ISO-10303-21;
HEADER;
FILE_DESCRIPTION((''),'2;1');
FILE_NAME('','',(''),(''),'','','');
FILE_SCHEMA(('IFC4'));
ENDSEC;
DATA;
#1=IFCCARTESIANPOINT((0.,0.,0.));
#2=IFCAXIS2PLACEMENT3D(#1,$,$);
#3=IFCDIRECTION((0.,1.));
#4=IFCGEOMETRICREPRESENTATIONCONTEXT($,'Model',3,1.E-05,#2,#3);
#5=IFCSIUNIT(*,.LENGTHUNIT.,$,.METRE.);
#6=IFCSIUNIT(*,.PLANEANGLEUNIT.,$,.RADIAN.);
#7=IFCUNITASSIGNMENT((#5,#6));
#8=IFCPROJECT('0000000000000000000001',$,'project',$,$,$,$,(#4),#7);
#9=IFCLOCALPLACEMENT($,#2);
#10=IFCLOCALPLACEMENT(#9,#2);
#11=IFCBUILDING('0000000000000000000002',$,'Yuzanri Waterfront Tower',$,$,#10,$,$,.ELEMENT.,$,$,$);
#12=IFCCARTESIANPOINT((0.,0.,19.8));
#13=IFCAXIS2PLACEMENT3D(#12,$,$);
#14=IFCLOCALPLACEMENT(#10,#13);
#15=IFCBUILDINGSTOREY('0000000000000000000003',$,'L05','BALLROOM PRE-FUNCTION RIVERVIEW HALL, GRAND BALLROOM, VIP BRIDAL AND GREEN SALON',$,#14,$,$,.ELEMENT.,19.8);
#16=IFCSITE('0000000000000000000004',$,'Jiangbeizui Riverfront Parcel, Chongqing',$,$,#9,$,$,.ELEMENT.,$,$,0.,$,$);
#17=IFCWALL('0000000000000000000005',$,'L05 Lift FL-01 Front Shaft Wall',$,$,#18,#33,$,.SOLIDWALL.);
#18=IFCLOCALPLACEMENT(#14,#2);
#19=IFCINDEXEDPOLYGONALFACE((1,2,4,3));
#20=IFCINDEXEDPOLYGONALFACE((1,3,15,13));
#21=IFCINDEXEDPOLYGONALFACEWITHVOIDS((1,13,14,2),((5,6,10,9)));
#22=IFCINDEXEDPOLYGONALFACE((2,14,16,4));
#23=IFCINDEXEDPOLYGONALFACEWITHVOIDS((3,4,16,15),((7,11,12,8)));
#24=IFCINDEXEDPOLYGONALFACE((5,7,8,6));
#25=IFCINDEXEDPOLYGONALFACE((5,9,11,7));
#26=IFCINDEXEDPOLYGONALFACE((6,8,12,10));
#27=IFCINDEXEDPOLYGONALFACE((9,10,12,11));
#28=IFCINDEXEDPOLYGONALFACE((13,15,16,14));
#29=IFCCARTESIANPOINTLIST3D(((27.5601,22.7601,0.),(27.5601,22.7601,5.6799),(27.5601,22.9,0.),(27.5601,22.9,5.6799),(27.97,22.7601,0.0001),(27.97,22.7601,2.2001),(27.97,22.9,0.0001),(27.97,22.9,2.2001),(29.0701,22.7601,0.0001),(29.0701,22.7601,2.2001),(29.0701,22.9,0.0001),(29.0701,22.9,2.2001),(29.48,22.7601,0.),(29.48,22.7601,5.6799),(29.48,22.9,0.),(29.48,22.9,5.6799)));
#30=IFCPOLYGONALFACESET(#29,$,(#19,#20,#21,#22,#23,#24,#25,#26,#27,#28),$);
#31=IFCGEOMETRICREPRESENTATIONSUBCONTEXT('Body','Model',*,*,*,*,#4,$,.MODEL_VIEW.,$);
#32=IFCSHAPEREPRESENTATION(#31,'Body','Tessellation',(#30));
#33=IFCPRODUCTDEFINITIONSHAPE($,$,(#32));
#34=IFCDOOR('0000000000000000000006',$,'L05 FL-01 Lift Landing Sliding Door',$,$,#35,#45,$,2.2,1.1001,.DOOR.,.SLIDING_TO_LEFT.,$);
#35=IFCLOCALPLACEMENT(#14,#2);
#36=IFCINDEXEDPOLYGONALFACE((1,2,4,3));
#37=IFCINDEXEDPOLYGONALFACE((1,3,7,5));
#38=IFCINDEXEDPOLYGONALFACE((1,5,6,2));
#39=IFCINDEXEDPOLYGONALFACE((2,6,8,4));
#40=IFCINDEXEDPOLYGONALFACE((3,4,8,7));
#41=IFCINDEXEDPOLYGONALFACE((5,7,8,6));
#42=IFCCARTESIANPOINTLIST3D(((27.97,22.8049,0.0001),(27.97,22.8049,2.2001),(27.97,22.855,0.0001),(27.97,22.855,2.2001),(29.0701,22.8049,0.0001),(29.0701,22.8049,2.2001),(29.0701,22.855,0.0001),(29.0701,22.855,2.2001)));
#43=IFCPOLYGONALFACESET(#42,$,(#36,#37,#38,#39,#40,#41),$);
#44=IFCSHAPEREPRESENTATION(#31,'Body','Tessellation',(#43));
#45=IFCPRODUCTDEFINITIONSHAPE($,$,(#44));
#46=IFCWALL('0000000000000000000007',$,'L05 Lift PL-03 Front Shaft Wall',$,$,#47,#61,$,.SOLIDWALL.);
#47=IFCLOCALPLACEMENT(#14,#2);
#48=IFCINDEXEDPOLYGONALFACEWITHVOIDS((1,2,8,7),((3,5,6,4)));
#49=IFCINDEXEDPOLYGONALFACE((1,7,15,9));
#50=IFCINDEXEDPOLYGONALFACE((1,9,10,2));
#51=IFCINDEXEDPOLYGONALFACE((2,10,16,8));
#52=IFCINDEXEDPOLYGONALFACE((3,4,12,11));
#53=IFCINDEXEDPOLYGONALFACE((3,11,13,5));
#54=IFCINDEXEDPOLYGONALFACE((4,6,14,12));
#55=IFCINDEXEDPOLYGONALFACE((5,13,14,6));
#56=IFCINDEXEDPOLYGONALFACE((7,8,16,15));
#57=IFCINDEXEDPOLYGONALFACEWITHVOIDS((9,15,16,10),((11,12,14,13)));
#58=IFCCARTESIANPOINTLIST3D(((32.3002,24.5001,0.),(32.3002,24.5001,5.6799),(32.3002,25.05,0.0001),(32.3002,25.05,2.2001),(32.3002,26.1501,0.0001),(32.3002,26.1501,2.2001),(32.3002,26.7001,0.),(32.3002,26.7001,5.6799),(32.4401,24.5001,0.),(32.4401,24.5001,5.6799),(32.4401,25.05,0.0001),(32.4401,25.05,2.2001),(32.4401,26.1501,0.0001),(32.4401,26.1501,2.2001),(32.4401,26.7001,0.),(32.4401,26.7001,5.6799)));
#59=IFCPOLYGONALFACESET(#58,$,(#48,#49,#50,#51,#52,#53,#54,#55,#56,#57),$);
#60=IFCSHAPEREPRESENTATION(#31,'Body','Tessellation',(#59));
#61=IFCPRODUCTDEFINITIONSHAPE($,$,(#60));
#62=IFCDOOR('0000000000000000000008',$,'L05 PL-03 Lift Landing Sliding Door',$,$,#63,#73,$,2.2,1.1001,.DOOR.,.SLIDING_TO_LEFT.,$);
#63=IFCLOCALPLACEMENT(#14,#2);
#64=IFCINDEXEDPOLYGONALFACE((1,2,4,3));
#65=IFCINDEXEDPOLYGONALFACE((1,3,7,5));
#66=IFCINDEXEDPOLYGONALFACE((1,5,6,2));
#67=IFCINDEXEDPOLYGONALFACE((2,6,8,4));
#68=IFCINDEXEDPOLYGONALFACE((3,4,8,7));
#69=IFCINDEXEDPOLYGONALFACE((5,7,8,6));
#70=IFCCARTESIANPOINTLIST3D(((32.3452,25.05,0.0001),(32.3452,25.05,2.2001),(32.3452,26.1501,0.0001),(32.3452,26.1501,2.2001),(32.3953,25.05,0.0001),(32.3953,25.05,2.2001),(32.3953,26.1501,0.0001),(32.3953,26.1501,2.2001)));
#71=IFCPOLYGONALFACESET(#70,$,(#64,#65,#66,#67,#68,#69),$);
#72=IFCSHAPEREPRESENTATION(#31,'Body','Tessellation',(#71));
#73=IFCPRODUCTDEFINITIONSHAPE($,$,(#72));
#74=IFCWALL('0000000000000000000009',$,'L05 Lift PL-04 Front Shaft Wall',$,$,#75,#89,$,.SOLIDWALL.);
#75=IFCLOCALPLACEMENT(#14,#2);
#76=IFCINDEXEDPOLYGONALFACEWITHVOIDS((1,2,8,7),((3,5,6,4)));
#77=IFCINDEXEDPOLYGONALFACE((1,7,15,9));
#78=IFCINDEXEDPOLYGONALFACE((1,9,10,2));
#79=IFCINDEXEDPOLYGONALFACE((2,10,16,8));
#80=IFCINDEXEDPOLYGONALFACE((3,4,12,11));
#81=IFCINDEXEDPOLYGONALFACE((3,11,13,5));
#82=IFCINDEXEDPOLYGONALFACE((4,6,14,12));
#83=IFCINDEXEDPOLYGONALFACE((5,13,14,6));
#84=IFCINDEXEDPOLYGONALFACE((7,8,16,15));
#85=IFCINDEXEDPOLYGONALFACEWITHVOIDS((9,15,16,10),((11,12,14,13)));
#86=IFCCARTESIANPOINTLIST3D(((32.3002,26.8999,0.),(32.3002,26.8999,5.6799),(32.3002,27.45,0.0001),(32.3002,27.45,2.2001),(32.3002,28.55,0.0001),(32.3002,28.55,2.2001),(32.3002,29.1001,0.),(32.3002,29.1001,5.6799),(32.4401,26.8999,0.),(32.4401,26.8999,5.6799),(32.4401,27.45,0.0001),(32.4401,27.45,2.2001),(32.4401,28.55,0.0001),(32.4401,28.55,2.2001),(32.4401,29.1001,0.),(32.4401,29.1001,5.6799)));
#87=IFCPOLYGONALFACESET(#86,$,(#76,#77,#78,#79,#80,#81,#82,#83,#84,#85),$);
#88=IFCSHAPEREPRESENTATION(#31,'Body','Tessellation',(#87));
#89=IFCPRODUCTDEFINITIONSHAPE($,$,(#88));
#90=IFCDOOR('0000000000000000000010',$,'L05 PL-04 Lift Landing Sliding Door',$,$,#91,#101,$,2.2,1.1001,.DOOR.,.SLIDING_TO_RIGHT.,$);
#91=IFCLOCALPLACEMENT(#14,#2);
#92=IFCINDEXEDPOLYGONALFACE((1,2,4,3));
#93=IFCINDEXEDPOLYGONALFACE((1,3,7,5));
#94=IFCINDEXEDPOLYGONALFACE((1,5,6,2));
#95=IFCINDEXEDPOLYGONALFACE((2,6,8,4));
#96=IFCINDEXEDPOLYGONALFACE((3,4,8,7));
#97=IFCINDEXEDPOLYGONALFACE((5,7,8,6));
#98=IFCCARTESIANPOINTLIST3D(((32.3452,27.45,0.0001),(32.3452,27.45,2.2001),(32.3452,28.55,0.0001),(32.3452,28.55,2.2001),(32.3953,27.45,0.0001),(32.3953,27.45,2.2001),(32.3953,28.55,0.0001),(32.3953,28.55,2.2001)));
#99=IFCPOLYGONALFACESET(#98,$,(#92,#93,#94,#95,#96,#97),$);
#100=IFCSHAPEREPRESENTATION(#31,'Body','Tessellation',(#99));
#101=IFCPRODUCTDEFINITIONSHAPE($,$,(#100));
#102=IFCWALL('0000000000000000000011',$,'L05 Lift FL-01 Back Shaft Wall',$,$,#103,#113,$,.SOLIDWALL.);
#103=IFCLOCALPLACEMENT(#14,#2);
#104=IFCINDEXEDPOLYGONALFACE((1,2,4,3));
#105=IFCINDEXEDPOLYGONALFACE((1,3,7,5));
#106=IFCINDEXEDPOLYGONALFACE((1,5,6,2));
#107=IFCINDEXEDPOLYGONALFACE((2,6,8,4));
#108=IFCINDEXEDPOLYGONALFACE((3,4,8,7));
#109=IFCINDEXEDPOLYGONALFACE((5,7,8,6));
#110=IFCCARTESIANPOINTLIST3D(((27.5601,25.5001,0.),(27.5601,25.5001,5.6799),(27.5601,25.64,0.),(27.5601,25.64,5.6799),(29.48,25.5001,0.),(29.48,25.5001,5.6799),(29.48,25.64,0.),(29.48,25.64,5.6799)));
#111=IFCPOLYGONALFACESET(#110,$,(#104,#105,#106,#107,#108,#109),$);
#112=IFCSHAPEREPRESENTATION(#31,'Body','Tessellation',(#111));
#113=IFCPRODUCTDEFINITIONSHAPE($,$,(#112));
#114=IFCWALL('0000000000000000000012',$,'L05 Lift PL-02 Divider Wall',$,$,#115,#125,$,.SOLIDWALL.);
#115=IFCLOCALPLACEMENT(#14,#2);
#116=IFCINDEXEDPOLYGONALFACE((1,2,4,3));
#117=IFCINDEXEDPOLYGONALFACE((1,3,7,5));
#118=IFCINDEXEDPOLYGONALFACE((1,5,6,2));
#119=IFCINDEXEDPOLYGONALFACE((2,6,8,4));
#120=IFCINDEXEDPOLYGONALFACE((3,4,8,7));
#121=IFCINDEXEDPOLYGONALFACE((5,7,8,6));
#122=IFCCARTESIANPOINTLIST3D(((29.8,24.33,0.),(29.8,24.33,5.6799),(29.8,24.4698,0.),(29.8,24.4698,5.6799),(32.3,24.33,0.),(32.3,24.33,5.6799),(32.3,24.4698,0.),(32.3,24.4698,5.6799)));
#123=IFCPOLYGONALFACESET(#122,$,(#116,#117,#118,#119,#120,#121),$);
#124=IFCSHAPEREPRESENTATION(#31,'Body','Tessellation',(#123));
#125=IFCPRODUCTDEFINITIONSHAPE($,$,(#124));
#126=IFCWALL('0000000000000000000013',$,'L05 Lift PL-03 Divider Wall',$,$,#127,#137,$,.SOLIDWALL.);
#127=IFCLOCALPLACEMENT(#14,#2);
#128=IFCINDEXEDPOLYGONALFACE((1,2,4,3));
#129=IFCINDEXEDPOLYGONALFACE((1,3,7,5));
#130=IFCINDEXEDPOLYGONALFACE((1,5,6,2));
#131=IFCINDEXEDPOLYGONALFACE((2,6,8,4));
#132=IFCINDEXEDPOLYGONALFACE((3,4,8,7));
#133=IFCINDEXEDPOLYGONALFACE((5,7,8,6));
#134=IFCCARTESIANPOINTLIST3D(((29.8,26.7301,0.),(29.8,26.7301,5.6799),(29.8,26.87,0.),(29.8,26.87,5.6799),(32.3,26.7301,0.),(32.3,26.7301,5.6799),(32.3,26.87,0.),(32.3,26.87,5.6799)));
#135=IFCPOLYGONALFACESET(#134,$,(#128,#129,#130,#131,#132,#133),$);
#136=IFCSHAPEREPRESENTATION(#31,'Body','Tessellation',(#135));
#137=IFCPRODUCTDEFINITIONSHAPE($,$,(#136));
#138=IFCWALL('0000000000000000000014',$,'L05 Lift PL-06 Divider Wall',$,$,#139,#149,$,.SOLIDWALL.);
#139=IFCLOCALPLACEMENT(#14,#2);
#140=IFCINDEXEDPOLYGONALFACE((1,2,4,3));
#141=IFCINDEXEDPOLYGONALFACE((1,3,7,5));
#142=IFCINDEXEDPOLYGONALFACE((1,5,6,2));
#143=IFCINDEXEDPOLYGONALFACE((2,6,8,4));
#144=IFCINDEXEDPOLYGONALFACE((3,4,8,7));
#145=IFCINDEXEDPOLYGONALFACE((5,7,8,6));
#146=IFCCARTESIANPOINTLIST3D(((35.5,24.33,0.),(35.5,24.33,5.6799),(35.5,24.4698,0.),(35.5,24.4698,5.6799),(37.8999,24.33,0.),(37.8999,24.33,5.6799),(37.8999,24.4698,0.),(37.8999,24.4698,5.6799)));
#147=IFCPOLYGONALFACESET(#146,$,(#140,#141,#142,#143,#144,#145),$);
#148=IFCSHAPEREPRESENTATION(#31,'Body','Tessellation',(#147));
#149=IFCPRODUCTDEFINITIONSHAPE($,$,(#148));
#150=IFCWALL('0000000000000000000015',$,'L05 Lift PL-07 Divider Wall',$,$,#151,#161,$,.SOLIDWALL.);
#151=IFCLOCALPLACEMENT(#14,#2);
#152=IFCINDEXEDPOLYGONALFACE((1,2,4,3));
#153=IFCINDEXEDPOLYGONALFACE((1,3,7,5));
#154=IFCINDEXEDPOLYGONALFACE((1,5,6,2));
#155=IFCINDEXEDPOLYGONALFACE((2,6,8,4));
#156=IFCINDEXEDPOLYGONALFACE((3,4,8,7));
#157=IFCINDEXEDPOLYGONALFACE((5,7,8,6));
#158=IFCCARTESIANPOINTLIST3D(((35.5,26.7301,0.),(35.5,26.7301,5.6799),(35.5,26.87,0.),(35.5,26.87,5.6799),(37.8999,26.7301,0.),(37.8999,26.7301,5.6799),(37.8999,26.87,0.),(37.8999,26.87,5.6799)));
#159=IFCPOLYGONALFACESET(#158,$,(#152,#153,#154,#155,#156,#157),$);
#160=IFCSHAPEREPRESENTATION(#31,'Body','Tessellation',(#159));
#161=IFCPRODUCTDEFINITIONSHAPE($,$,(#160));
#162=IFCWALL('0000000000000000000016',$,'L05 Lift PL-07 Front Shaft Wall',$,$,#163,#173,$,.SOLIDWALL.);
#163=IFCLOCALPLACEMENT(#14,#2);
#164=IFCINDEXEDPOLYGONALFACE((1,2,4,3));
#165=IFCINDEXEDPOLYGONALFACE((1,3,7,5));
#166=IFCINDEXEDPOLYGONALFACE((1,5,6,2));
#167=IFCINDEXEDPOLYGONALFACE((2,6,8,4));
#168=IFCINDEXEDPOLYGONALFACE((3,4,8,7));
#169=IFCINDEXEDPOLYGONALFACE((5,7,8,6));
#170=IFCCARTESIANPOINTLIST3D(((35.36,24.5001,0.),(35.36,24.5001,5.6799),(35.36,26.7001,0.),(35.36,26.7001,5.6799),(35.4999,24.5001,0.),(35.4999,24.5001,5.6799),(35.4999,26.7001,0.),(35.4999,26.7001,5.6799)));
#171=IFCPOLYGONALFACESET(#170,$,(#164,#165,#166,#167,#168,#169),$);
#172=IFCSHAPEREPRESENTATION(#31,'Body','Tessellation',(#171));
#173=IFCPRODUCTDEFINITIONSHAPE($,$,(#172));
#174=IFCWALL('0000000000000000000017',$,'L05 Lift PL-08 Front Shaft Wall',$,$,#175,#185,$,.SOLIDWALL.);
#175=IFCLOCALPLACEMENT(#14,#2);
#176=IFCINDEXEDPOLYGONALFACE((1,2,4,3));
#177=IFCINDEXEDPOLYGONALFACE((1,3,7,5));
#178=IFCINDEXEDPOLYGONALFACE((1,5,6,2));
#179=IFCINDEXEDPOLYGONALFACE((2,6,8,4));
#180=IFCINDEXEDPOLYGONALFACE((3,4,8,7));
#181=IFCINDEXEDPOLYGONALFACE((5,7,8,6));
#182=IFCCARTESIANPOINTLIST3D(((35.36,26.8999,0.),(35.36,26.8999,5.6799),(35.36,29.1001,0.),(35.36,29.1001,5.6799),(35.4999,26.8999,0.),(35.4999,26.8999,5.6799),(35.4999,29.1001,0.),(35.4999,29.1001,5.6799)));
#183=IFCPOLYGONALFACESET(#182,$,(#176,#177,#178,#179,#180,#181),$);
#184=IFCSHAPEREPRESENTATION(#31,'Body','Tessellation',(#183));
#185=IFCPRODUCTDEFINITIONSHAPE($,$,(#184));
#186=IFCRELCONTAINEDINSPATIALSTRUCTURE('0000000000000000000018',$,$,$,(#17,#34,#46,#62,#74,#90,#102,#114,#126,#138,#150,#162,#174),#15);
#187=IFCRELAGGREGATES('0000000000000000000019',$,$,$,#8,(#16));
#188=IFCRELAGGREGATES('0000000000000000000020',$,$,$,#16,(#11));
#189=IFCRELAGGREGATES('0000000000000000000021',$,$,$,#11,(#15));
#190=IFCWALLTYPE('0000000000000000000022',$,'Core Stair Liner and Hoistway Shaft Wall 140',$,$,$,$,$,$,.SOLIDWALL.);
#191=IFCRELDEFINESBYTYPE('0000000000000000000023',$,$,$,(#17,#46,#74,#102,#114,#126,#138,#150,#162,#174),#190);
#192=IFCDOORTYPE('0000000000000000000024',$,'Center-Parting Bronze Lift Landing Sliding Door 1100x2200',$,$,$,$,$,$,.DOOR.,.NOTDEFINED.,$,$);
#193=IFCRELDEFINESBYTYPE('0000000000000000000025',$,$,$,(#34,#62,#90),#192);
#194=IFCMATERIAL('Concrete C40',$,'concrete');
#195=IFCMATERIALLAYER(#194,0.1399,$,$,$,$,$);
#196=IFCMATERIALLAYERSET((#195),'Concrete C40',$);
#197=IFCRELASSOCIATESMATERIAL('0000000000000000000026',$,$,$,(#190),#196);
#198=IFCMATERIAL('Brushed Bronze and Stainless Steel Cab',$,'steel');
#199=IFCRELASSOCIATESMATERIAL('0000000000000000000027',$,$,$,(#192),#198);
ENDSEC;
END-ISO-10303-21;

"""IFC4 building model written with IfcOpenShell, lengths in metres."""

from ifc_helpers import new_model, si_unit, direction, frame, frame_2d, origin, place, context, subcontext, project, spatial, rectangle, extrude, source, transform, mapped, material, layer, layer_set, type_object, element, fill, save


model = new_model("IFC4")

# Units and contexts
model_context = context("Model", 3, precision=1e-05, world=origin(), true_north=direction((0.0, 1.0)))
body_context = subcontext(model_context, "Body", "Model", "MODEL_VIEW")
ifc_project = project(units=[si_unit("LENGTHUNIT", "METRE"), si_unit("PLANEANGLEUNIT", "RADIAN")], contexts=[model_context])

# Site, building, storey
site_placement = place(None, origin())
site = spatial("IfcSite", under=ifc_project, at=site_placement, Name="Jiangbeizui Riverfront Parcel, Chongqing", CompositionType="ELEMENT", RefElevation=0.0)
building_placement = place(site_placement, origin())
building = spatial("IfcBuilding", under=site, at=building_placement, Name="Yuzanri Waterfront Tower", CompositionType="ELEMENT")
storey_placement = place(building_placement, frame((0.0, 0.0, 19.8)))
storey = spatial("IfcBuildingStorey", under=building, at=storey_placement, Name="L05", Description="BALLROOM PRE-FUNCTION RIVERVIEW HALL, GRAND BALLROOM, VIP BRIDAL AND GREEN SALON", CompositionType="ELEMENT", Elevation=19.8)

# Walls, openings, doors
ifc_material_1 = material(Name="Concrete C40", Category="concrete")
ifc_layer_1 = layer(ifc_material_1, 0.1399)
ifc_layer_set_1 = layer_set([ifc_layer_1], Name="Concrete C40")
wall_type_1 = type_object("IfcWallType", Name="Core Stair Liner and Hoistway Shaft Wall 140", PredefinedType="SOLIDWALL", material=ifc_layer_set_1)
wall_1_placement = place(storey_placement, frame((27.5601, 22.8301, 0.0), z_axis=(0.0, 0.0, 1.0), x_axis=(1.0, 0.0, 0.0)))
wall_1 = element("IfcWall", 1, at=wall_1_placement, inside=storey, type_object=wall_type_1, Name="L05 Lift FL-01 Front Shaft Wall", PredefinedType="SOLIDWALL", context=body_context, shape_type="SweptSolid", body=[
    extrude(rectangle(XDim=1.9199, YDim=0.1399, at=frame_2d((0.96, 0.0))), origin(), (0.0, 0.0, 1.0), 5.6799),
])
opening_1_placement = place(wall_1_placement, frame((0.4099, 0.0, 0.0)))
opening_1 = element("IfcOpeningElement", 2, at=opening_1_placement, cuts=wall_1, PredefinedType="OPENING", context=body_context, shape_type="SweptSolid", body=[
    extrude(rectangle(XDim=1.1001, YDim=2.2, at=frame_2d((0.55, 1.1001))), frame((0.0, 0.085, 0.0), z_axis=(0.0, -1.0, 0.0), x_axis=(1.0, 0.0, 0.0)), (0.0, 0.0, 1.0), 0.1697),
])
ifc_material_2 = material(Name="Brushed Bronze and Stainless Steel Cab", Category="steel")
door_type_1 = type_object("IfcDoorType", Name="Center-Parting Bronze Lift Landing Sliding Door 1100x2200", OperationType="NOTDEFINED", PredefinedType="DOOR", material=ifc_material_2)
shared_shape_1 = source(origin(), body_context, "Body", "SweptSolid", [
    extrude(rectangle(XDim=1.1001, YDim=2.2, at=frame_2d((0.55, 1.1001))), frame((0.0, 0.0249, 0.0), z_axis=(0.0, -1.0, 0.0), x_axis=(1.0, 0.0, 0.0)), (0.0, 0.0, 1.0), 0.05),
])
door_1_placement = place(opening_1_placement, origin())
door_1 = element("IfcDoor", 3, at=door_1_placement, inside=storey, type_object=door_type_1, Name="L05 FL-01 Lift Landing Sliding Door", OperationType="SLIDING_TO_LEFT", OverallHeight=2.2, OverallWidth=1.1001, PredefinedType="DOOR", context=body_context, shape_type="MappedRepresentation", body=[
    mapped(shared_shape_1, transform((0.0, 0.0, 0.0), scale=1.0)),
])
fill(opening_1, door_1)
wall_2_placement = place(storey_placement, frame((32.3701, 24.5, 0.0), z_axis=(0.0, 0.0, 1.0), x_axis=(0.0, 1.0, 0.0)))
wall_2 = element("IfcWall", 4, at=wall_2_placement, inside=storey, type_object=wall_type_1, Name="L05 Lift PL-03 Front Shaft Wall", PredefinedType="SOLIDWALL", context=body_context, shape_type="SweptSolid", body=[
    extrude(rectangle(XDim=2.2, YDim=0.1399, at=frame_2d((1.1001, 0.0))), origin(), (0.0, 0.0, 1.0), 5.6799),
])
opening_2_placement = place(wall_2_placement, frame((0.55, 0.0, 0.0)))
opening_2 = element("IfcOpeningElement", 5, at=opening_2_placement, cuts=wall_2, PredefinedType="OPENING", context=body_context, shape_type="SweptSolid", body=[
    extrude(rectangle(XDim=1.1001, YDim=2.2, at=frame_2d((0.55, 1.1001))), frame((0.0, 0.085, 0.0), z_axis=(0.0, -1.0, 0.0), x_axis=(1.0, 0.0, 0.0)), (0.0, 0.0, 1.0), 0.1697),
])
door_2_placement = place(opening_2_placement, origin())
door_2 = element("IfcDoor", 6, at=door_2_placement, inside=storey, type_object=door_type_1, Name="L05 PL-03 Lift Landing Sliding Door", OperationType="SLIDING_TO_LEFT", OverallHeight=2.2, OverallWidth=1.1001, PredefinedType="DOOR", context=body_context, shape_type="MappedRepresentation", body=[
    mapped(shared_shape_1, transform((0.0, 0.0, 0.0), scale=1.0)),
])
fill(opening_2, door_2)
wall_3_placement = place(storey_placement, frame((32.3701, 26.8999, 0.0), z_axis=(0.0, 0.0, 1.0), x_axis=(0.0, 1.0, 0.0)))
wall_3 = element("IfcWall", 7, at=wall_3_placement, inside=storey, type_object=wall_type_1, Name="L05 Lift PL-04 Front Shaft Wall", PredefinedType="SOLIDWALL", context=body_context, shape_type="SweptSolid", body=[
    extrude(rectangle(XDim=2.2002, YDim=0.1399, at=frame_2d((1.1001, 0.0))), origin(), (0.0, 0.0, 1.0), 5.6799),
])
opening_3_placement = place(wall_3_placement, frame((0.55, 0.0, 0.0)))
opening_3 = element("IfcOpeningElement", 8, at=opening_3_placement, cuts=wall_3, PredefinedType="OPENING", context=body_context, shape_type="SweptSolid", body=[
    extrude(rectangle(XDim=1.1001, YDim=2.2, at=frame_2d((0.55, 1.1001))), frame((0.0, 0.085, 0.0), z_axis=(0.0, -1.0, 0.0), x_axis=(1.0, 0.0, 0.0)), (0.0, 0.0, 1.0), 0.1697),
])
door_3_placement = place(opening_3_placement, origin())
door_3 = element("IfcDoor", 9, at=door_3_placement, inside=storey, type_object=door_type_1, Name="L05 PL-04 Lift Landing Sliding Door", OperationType="SLIDING_TO_RIGHT", OverallHeight=2.2, OverallWidth=1.1001, PredefinedType="DOOR", context=body_context, shape_type="MappedRepresentation", body=[
    mapped(shared_shape_1, transform((0.0, 0.0, 0.0), scale=1.0)),
])
fill(opening_3, door_3)

# Walls
shared_shape_2 = source(origin(), body_context, "Body", "SweptSolid", [
    extrude(rectangle(XDim=1.9199, YDim=0.1399, at=frame_2d((0.96, 0.0))), origin(), (0.0, 0.0, 1.0), 5.6799),
])
wall_4_placement = place(storey_placement, frame((27.5601, 25.5701, 0.0), z_axis=(0.0, 0.0, 1.0), x_axis=(1.0, 0.0, 0.0)))
element("IfcWall", 10, at=wall_4_placement, inside=storey, type_object=wall_type_1, Name="L05 Lift FL-01 Back Shaft Wall", PredefinedType="SOLIDWALL", context=body_context, shape_type="MappedRepresentation", body=[
    mapped(shared_shape_2, transform((0.0, 0.0, 0.0), scale=1.0)),
])
shared_shape_3 = source(origin(), body_context, "Body", "SweptSolid", [
    extrude(rectangle(XDim=2.5, YDim=0.1399, at=frame_2d((1.25, 0.0))), origin(), (0.0, 0.0, 1.0), 5.6799),
])
for number, where, z_axis, x_axis, name in (
    (11, (29.8, 24.3999, 0.0), (0.0, 0.0, 1.0), (1.0, 0.0, 0.0), "L05 Lift PL-02 Divider Wall"),
    (12, (29.8, 26.8, 0.0), (0.0, 0.0, 1.0), (1.0, 0.0, 0.0), "L05 Lift PL-03 Divider Wall"),
):
    element("IfcWall", number, at=place(storey_placement, frame(where, z_axis=z_axis, x_axis=x_axis)), inside=storey, type_object=wall_type_1, Name=name, PredefinedType="SOLIDWALL", context=body_context, shape_type="MappedRepresentation", body=[
        mapped(shared_shape_3, transform((0.0, 0.0, 0.0), scale=1.0)),
    ])
shared_shape_4 = source(origin(), body_context, "Body", "SweptSolid", [
    extrude(rectangle(XDim=2.3999, YDim=0.1399, at=frame_2d((1.2, 0.0))), origin(), (0.0, 0.0, 1.0), 5.6799),
])
for number, where, z_axis, x_axis, name in (
    (13, (35.5, 24.3999, 0.0), (0.0, 0.0, 1.0), (1.0, 0.0, 0.0), "L05 Lift PL-06 Divider Wall"),
    (14, (35.5, 26.8, 0.0), (0.0, 0.0, 1.0), (1.0, 0.0, 0.0), "L05 Lift PL-07 Divider Wall"),
):
    element("IfcWall", number, at=place(storey_placement, frame(where, z_axis=z_axis, x_axis=x_axis)), inside=storey, type_object=wall_type_1, Name=name, PredefinedType="SOLIDWALL", context=body_context, shape_type="MappedRepresentation", body=[
        mapped(shared_shape_4, transform((0.0, 0.0, 0.0), scale=1.0)),
    ])
shared_shape_5 = source(origin(), body_context, "Body", "SweptSolid", [
    extrude(rectangle(XDim=2.2, YDim=0.1399, at=frame_2d((1.1001, 0.0))), origin(), (0.0, 0.0, 1.0), 5.6799),
])
wall_5_placement = place(storey_placement, frame((35.4299, 24.5, 0.0), z_axis=(0.0, 0.0, 1.0), x_axis=(0.0, 1.0, 0.0)))
element("IfcWall", 15, at=wall_5_placement, inside=storey, type_object=wall_type_1, Name="L05 Lift PL-07 Front Shaft Wall", PredefinedType="SOLIDWALL", context=body_context, shape_type="MappedRepresentation", body=[
    mapped(shared_shape_5, transform((0.0, 0.0, 0.0), scale=1.0)),
])
shared_shape_6 = source(origin(), body_context, "Body", "SweptSolid", [
    extrude(rectangle(XDim=2.2002, YDim=0.1399, at=frame_2d((1.1001, 0.0))), origin(), (0.0, 0.0, 1.0), 5.6799),
])
wall_6_placement = place(storey_placement, frame((35.4299, 26.8999, 0.0), z_axis=(0.0, 0.0, 1.0), x_axis=(0.0, 1.0, 0.0)))
element("IfcWall", 16, at=wall_6_placement, inside=storey, type_object=wall_type_1, Name="L05 Lift PL-08 Front Shaft Wall", PredefinedType="SOLIDWALL", context=body_context, shape_type="MappedRepresentation", body=[
    mapped(shared_shape_6, transform((0.0, 0.0, 0.0), scale=1.0)),
])

save(model, "model.ifc")
